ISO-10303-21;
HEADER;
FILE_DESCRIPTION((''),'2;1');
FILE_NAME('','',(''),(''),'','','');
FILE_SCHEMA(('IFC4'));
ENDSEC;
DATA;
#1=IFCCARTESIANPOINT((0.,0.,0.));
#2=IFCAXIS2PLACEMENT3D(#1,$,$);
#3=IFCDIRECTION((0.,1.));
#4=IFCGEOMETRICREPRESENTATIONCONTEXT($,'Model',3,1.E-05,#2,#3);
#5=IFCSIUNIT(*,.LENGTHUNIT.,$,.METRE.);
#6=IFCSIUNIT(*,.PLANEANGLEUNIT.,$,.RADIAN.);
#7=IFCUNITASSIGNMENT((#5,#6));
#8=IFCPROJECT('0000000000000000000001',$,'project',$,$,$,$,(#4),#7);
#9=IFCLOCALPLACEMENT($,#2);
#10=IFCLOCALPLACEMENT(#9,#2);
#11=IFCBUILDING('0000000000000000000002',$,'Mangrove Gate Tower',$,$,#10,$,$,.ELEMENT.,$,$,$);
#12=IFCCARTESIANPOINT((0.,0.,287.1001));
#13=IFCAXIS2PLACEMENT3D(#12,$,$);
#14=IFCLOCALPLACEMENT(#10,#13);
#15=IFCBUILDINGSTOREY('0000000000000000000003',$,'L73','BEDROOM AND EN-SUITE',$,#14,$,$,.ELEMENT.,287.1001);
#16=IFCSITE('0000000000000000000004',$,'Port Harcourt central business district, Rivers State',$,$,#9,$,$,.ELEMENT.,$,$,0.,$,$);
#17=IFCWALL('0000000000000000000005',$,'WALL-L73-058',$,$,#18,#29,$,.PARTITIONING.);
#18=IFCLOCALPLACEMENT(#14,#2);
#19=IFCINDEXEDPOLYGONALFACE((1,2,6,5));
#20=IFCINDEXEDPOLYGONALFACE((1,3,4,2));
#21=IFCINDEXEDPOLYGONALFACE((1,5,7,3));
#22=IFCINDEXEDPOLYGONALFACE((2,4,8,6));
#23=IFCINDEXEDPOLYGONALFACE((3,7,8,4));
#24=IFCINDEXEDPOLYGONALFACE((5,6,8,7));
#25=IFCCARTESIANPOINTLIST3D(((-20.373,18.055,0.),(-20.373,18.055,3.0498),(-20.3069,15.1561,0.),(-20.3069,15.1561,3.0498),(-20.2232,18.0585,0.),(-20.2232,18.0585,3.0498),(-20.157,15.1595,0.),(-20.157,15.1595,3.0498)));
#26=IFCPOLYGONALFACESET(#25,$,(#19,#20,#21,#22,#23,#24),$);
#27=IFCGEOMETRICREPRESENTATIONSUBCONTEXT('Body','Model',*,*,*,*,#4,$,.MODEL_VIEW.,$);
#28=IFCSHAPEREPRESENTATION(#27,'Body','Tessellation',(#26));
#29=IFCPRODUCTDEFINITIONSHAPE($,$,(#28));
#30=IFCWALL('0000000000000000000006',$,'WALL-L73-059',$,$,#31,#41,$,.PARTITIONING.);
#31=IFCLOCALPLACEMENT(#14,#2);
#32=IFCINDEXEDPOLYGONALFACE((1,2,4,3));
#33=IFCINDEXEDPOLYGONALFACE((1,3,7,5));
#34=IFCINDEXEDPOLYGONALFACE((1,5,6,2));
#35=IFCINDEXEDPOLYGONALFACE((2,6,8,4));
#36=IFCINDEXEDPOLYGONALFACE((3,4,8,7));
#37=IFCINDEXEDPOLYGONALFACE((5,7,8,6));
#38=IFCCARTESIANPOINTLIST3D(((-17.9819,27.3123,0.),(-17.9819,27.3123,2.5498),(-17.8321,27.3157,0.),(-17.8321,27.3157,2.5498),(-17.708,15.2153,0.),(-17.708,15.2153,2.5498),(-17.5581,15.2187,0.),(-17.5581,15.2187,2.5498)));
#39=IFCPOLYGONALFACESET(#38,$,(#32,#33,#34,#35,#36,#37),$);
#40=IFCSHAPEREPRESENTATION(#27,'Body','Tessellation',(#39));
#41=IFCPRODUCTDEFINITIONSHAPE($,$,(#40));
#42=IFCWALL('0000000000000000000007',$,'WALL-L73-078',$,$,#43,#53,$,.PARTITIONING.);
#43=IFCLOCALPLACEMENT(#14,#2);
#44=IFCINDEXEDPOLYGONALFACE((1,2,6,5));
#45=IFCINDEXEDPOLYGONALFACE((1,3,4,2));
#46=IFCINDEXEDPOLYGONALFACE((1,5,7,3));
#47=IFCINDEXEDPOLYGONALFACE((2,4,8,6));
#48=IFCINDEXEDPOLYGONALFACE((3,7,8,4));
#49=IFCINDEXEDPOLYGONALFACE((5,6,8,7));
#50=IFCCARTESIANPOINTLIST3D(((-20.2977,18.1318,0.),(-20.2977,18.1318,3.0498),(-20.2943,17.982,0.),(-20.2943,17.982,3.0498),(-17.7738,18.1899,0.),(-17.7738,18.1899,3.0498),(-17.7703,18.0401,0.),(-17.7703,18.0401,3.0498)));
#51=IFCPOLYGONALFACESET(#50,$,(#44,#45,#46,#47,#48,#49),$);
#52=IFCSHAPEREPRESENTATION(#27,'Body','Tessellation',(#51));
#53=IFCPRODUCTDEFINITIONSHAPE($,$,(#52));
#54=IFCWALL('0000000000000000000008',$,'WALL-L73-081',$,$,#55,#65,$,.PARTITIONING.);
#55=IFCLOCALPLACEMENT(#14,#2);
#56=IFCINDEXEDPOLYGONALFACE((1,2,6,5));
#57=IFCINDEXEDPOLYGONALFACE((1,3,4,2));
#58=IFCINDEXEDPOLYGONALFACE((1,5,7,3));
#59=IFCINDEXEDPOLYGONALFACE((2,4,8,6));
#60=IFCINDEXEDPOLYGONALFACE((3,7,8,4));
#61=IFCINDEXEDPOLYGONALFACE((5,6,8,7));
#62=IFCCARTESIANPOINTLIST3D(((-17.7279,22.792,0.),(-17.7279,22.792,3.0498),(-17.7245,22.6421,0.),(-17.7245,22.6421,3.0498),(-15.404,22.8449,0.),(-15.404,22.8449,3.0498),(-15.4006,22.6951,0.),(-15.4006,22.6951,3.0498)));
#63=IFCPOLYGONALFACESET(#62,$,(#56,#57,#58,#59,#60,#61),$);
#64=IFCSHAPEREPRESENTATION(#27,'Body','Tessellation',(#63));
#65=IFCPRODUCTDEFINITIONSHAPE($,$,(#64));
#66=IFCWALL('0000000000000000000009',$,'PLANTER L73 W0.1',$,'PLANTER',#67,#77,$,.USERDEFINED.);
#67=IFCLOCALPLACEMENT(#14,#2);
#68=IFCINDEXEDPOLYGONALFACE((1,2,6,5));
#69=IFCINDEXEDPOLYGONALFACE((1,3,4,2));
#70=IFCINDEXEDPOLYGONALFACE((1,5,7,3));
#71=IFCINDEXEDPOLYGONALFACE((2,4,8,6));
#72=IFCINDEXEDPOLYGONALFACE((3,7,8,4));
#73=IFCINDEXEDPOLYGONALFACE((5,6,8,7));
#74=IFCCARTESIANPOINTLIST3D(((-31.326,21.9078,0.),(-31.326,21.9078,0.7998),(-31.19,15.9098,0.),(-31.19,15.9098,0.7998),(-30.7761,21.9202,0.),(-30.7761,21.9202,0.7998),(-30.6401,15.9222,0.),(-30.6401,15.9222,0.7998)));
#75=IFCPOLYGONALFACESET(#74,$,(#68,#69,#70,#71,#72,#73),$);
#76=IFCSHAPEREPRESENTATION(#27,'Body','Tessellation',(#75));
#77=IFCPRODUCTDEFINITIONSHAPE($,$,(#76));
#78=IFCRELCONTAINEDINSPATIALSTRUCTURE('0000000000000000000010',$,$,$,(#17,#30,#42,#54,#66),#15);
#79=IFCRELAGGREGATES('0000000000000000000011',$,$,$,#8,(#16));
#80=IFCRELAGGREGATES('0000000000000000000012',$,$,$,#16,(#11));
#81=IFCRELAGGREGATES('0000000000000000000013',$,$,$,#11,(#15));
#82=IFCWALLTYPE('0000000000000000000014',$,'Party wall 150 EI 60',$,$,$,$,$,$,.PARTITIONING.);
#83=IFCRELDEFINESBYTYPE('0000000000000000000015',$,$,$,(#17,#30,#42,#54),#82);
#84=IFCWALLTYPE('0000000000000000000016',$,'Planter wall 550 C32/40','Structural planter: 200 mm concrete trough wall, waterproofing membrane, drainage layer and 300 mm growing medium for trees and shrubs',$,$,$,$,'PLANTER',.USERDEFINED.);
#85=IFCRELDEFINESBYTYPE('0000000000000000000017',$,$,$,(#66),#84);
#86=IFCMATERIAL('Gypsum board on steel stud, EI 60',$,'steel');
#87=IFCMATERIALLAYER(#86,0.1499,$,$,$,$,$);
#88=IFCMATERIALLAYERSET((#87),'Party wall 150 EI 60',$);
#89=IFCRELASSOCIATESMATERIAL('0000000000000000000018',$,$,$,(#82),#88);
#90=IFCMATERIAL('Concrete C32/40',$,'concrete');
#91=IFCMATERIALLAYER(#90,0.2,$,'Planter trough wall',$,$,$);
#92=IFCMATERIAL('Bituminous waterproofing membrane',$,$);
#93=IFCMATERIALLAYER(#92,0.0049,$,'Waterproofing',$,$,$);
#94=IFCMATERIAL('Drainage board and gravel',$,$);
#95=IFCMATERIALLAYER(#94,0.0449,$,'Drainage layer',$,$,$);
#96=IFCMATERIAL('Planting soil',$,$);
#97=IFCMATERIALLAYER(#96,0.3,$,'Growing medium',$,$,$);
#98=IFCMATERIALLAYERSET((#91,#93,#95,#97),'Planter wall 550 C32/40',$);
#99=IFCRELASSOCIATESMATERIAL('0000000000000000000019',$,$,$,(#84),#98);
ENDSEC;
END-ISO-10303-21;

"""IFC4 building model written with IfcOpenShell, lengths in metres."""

from ifc_helpers import new_model, si_unit, direction, frame, frame_2d, origin, place, context, subcontext, project, spatial, rectangle, extrude, material, layer, layer_set, type_object, element, save


model = new_model("IFC4")

# Units and contexts
model_context = context("Model", 3, precision=1e-05, world=origin(), true_north=direction((0.0, 1.0)))
body_context = subcontext(model_context, "Body", "Model", "MODEL_VIEW")
ifc_project = project(units=[si_unit("LENGTHUNIT", "METRE"), si_unit("PLANEANGLEUNIT", "RADIAN")], contexts=[model_context])

# Site, building, storey
site_placement = place(None, origin())
site = spatial("IfcSite", under=ifc_project, at=site_placement, Name="Port Harcourt central business district, Rivers State", CompositionType="ELEMENT", RefElevation=0.0)
building_placement = place(site_placement, origin())
building = spatial("IfcBuilding", under=site, at=building_placement, Name="Mangrove Gate Tower", CompositionType="ELEMENT")
storey_placement = place(building_placement, frame((0.0, 0.0, 287.1001)))
storey = spatial("IfcBuildingStorey", under=building, at=storey_placement, Name="L73", Description="BEDROOM AND EN-SUITE", CompositionType="ELEMENT", Elevation=287.1001)

# Walls
ifc_material_1 = material(Name="Gypsum board on steel stud, EI 60", Category="steel")
ifc_layer_1 = layer(ifc_material_1, 0.1499)
ifc_layer_set_1 = layer_set([ifc_layer_1], Name="Party wall 150 EI 60")
wall_type_1 = type_object("IfcWallType", Name="Party wall 150 EI 60", PredefinedType="PARTITIONING", material=ifc_layer_set_1)
wall_1_placement = place(storey_placement, frame((-20.2319, 15.158, 0.0), z_axis=(0.0, 0.0, 1.0), x_axis=(-0.022817, 0.99974, 0.0)))
element("IfcWall", 1, at=wall_1_placement, inside=storey, type_object=wall_type_1, Name="WALL-L73-058", PredefinedType="PARTITIONING", context=body_context, shape_type="SweptSolid", body=[
    extrude(rectangle(XDim=2.8997, YDim=0.1499, at=frame_2d((1.4497, 0.0))), origin(), (0.0, 0.0, 1.0), 3.0498),
])
wall_2_placement = place(storey_placement, frame((-17.6331, 15.217, 0.0), z_axis=(0.0, 0.0, 1.0), x_axis=(-0.022638, 0.999744, 0.0)))
element("IfcWall", 2, at=wall_2_placement, inside=storey, type_object=wall_type_1, Name="WALL-L73-059", PredefinedType="PARTITIONING", context=body_context, shape_type="SweptSolid", body=[
    extrude(rectangle(XDim=12.1001, YDim=0.1499, at=frame_2d((6.05, 0.0))), origin(), (0.0, 0.0, 1.0), 2.5498),
])
wall_3_placement = place(storey_placement, frame((-20.2959, 18.0569, 0.0), z_axis=(0.0, 0.0, 1.0), x_axis=(0.999735, 0.023016, 0.0)))
element("IfcWall", 3, at=wall_3_placement, inside=storey, type_object=wall_type_1, Name="WALL-L73-078", PredefinedType="PARTITIONING", context=body_context, shape_type="SweptSolid", body=[
    extrude(rectangle(XDim=2.5247, YDim=0.1499, at=frame_2d((1.2622, 0.0))), origin(), (0.0, 0.0, 1.0), 3.0498),
])
wall_4_placement = place(storey_placement, frame((-17.7261, 22.717, 0.0), z_axis=(0.0, 0.0, 1.0), x_axis=(0.99974, 0.022791, 0.0)))
element("IfcWall", 4, at=wall_4_placement, inside=storey, type_object=wall_type_1, Name="WALL-L73-081", PredefinedType="PARTITIONING", context=body_context, shape_type="SweptSolid", body=[
    extrude(rectangle(XDim=2.3245, YDim=0.1499, at=frame_2d((1.1621, 0.0))), origin(), (0.0, 0.0, 1.0), 3.0498),
])
ifc_material_2 = material(Name="Concrete C32/40", Category="concrete")
ifc_layer_2 = layer(ifc_material_2, 0.2, Name="Planter trough wall")
ifc_material_3 = material(Name="Bituminous waterproofing membrane")
ifc_layer_3 = layer(ifc_material_3, 0.0049, Name="Waterproofing")
ifc_material_4 = material(Name="Drainage board and gravel")
ifc_layer_4 = layer(ifc_material_4, 0.0449, Name="Drainage layer")
ifc_material_5 = material(Name="Planting soil")
ifc_layer_5 = layer(ifc_material_5, 0.3, Name="Growing medium")
ifc_layer_set_2 = layer_set([ifc_layer_2, ifc_layer_3, ifc_layer_4, ifc_layer_5], Name="Planter wall 550 C32/40")
wall_type_2 = type_object("IfcWallType", Name="Planter wall 550 C32/40", Description="Structural planter: 200 mm concrete trough wall, waterproofing membrane, drainage layer and 300 mm growing medium for trees and shrubs", ElementType="PLANTER", PredefinedType="USERDEFINED", material=ifc_layer_set_2)
wall_5_placement = place(storey_placement, frame((-30.915, 15.916, 0.0), z_axis=(0.0, 0.0, 1.0), x_axis=(-0.022666, 0.999743, 0.0)))
element("IfcWall", 5, at=wall_5_placement, inside=storey, type_object=wall_type_2, Name="PLANTER L73 W0.1", ObjectType="PLANTER", PredefinedType="USERDEFINED", context=body_context, shape_type="SweptSolid", body=[
    extrude(rectangle(XDim=5.9995, YDim=0.55, at=frame_2d((2.9998, 0.0))), origin(), (0.0, 0.0, 1.0), 0.7998),
])

save(model, "model.ifc")
